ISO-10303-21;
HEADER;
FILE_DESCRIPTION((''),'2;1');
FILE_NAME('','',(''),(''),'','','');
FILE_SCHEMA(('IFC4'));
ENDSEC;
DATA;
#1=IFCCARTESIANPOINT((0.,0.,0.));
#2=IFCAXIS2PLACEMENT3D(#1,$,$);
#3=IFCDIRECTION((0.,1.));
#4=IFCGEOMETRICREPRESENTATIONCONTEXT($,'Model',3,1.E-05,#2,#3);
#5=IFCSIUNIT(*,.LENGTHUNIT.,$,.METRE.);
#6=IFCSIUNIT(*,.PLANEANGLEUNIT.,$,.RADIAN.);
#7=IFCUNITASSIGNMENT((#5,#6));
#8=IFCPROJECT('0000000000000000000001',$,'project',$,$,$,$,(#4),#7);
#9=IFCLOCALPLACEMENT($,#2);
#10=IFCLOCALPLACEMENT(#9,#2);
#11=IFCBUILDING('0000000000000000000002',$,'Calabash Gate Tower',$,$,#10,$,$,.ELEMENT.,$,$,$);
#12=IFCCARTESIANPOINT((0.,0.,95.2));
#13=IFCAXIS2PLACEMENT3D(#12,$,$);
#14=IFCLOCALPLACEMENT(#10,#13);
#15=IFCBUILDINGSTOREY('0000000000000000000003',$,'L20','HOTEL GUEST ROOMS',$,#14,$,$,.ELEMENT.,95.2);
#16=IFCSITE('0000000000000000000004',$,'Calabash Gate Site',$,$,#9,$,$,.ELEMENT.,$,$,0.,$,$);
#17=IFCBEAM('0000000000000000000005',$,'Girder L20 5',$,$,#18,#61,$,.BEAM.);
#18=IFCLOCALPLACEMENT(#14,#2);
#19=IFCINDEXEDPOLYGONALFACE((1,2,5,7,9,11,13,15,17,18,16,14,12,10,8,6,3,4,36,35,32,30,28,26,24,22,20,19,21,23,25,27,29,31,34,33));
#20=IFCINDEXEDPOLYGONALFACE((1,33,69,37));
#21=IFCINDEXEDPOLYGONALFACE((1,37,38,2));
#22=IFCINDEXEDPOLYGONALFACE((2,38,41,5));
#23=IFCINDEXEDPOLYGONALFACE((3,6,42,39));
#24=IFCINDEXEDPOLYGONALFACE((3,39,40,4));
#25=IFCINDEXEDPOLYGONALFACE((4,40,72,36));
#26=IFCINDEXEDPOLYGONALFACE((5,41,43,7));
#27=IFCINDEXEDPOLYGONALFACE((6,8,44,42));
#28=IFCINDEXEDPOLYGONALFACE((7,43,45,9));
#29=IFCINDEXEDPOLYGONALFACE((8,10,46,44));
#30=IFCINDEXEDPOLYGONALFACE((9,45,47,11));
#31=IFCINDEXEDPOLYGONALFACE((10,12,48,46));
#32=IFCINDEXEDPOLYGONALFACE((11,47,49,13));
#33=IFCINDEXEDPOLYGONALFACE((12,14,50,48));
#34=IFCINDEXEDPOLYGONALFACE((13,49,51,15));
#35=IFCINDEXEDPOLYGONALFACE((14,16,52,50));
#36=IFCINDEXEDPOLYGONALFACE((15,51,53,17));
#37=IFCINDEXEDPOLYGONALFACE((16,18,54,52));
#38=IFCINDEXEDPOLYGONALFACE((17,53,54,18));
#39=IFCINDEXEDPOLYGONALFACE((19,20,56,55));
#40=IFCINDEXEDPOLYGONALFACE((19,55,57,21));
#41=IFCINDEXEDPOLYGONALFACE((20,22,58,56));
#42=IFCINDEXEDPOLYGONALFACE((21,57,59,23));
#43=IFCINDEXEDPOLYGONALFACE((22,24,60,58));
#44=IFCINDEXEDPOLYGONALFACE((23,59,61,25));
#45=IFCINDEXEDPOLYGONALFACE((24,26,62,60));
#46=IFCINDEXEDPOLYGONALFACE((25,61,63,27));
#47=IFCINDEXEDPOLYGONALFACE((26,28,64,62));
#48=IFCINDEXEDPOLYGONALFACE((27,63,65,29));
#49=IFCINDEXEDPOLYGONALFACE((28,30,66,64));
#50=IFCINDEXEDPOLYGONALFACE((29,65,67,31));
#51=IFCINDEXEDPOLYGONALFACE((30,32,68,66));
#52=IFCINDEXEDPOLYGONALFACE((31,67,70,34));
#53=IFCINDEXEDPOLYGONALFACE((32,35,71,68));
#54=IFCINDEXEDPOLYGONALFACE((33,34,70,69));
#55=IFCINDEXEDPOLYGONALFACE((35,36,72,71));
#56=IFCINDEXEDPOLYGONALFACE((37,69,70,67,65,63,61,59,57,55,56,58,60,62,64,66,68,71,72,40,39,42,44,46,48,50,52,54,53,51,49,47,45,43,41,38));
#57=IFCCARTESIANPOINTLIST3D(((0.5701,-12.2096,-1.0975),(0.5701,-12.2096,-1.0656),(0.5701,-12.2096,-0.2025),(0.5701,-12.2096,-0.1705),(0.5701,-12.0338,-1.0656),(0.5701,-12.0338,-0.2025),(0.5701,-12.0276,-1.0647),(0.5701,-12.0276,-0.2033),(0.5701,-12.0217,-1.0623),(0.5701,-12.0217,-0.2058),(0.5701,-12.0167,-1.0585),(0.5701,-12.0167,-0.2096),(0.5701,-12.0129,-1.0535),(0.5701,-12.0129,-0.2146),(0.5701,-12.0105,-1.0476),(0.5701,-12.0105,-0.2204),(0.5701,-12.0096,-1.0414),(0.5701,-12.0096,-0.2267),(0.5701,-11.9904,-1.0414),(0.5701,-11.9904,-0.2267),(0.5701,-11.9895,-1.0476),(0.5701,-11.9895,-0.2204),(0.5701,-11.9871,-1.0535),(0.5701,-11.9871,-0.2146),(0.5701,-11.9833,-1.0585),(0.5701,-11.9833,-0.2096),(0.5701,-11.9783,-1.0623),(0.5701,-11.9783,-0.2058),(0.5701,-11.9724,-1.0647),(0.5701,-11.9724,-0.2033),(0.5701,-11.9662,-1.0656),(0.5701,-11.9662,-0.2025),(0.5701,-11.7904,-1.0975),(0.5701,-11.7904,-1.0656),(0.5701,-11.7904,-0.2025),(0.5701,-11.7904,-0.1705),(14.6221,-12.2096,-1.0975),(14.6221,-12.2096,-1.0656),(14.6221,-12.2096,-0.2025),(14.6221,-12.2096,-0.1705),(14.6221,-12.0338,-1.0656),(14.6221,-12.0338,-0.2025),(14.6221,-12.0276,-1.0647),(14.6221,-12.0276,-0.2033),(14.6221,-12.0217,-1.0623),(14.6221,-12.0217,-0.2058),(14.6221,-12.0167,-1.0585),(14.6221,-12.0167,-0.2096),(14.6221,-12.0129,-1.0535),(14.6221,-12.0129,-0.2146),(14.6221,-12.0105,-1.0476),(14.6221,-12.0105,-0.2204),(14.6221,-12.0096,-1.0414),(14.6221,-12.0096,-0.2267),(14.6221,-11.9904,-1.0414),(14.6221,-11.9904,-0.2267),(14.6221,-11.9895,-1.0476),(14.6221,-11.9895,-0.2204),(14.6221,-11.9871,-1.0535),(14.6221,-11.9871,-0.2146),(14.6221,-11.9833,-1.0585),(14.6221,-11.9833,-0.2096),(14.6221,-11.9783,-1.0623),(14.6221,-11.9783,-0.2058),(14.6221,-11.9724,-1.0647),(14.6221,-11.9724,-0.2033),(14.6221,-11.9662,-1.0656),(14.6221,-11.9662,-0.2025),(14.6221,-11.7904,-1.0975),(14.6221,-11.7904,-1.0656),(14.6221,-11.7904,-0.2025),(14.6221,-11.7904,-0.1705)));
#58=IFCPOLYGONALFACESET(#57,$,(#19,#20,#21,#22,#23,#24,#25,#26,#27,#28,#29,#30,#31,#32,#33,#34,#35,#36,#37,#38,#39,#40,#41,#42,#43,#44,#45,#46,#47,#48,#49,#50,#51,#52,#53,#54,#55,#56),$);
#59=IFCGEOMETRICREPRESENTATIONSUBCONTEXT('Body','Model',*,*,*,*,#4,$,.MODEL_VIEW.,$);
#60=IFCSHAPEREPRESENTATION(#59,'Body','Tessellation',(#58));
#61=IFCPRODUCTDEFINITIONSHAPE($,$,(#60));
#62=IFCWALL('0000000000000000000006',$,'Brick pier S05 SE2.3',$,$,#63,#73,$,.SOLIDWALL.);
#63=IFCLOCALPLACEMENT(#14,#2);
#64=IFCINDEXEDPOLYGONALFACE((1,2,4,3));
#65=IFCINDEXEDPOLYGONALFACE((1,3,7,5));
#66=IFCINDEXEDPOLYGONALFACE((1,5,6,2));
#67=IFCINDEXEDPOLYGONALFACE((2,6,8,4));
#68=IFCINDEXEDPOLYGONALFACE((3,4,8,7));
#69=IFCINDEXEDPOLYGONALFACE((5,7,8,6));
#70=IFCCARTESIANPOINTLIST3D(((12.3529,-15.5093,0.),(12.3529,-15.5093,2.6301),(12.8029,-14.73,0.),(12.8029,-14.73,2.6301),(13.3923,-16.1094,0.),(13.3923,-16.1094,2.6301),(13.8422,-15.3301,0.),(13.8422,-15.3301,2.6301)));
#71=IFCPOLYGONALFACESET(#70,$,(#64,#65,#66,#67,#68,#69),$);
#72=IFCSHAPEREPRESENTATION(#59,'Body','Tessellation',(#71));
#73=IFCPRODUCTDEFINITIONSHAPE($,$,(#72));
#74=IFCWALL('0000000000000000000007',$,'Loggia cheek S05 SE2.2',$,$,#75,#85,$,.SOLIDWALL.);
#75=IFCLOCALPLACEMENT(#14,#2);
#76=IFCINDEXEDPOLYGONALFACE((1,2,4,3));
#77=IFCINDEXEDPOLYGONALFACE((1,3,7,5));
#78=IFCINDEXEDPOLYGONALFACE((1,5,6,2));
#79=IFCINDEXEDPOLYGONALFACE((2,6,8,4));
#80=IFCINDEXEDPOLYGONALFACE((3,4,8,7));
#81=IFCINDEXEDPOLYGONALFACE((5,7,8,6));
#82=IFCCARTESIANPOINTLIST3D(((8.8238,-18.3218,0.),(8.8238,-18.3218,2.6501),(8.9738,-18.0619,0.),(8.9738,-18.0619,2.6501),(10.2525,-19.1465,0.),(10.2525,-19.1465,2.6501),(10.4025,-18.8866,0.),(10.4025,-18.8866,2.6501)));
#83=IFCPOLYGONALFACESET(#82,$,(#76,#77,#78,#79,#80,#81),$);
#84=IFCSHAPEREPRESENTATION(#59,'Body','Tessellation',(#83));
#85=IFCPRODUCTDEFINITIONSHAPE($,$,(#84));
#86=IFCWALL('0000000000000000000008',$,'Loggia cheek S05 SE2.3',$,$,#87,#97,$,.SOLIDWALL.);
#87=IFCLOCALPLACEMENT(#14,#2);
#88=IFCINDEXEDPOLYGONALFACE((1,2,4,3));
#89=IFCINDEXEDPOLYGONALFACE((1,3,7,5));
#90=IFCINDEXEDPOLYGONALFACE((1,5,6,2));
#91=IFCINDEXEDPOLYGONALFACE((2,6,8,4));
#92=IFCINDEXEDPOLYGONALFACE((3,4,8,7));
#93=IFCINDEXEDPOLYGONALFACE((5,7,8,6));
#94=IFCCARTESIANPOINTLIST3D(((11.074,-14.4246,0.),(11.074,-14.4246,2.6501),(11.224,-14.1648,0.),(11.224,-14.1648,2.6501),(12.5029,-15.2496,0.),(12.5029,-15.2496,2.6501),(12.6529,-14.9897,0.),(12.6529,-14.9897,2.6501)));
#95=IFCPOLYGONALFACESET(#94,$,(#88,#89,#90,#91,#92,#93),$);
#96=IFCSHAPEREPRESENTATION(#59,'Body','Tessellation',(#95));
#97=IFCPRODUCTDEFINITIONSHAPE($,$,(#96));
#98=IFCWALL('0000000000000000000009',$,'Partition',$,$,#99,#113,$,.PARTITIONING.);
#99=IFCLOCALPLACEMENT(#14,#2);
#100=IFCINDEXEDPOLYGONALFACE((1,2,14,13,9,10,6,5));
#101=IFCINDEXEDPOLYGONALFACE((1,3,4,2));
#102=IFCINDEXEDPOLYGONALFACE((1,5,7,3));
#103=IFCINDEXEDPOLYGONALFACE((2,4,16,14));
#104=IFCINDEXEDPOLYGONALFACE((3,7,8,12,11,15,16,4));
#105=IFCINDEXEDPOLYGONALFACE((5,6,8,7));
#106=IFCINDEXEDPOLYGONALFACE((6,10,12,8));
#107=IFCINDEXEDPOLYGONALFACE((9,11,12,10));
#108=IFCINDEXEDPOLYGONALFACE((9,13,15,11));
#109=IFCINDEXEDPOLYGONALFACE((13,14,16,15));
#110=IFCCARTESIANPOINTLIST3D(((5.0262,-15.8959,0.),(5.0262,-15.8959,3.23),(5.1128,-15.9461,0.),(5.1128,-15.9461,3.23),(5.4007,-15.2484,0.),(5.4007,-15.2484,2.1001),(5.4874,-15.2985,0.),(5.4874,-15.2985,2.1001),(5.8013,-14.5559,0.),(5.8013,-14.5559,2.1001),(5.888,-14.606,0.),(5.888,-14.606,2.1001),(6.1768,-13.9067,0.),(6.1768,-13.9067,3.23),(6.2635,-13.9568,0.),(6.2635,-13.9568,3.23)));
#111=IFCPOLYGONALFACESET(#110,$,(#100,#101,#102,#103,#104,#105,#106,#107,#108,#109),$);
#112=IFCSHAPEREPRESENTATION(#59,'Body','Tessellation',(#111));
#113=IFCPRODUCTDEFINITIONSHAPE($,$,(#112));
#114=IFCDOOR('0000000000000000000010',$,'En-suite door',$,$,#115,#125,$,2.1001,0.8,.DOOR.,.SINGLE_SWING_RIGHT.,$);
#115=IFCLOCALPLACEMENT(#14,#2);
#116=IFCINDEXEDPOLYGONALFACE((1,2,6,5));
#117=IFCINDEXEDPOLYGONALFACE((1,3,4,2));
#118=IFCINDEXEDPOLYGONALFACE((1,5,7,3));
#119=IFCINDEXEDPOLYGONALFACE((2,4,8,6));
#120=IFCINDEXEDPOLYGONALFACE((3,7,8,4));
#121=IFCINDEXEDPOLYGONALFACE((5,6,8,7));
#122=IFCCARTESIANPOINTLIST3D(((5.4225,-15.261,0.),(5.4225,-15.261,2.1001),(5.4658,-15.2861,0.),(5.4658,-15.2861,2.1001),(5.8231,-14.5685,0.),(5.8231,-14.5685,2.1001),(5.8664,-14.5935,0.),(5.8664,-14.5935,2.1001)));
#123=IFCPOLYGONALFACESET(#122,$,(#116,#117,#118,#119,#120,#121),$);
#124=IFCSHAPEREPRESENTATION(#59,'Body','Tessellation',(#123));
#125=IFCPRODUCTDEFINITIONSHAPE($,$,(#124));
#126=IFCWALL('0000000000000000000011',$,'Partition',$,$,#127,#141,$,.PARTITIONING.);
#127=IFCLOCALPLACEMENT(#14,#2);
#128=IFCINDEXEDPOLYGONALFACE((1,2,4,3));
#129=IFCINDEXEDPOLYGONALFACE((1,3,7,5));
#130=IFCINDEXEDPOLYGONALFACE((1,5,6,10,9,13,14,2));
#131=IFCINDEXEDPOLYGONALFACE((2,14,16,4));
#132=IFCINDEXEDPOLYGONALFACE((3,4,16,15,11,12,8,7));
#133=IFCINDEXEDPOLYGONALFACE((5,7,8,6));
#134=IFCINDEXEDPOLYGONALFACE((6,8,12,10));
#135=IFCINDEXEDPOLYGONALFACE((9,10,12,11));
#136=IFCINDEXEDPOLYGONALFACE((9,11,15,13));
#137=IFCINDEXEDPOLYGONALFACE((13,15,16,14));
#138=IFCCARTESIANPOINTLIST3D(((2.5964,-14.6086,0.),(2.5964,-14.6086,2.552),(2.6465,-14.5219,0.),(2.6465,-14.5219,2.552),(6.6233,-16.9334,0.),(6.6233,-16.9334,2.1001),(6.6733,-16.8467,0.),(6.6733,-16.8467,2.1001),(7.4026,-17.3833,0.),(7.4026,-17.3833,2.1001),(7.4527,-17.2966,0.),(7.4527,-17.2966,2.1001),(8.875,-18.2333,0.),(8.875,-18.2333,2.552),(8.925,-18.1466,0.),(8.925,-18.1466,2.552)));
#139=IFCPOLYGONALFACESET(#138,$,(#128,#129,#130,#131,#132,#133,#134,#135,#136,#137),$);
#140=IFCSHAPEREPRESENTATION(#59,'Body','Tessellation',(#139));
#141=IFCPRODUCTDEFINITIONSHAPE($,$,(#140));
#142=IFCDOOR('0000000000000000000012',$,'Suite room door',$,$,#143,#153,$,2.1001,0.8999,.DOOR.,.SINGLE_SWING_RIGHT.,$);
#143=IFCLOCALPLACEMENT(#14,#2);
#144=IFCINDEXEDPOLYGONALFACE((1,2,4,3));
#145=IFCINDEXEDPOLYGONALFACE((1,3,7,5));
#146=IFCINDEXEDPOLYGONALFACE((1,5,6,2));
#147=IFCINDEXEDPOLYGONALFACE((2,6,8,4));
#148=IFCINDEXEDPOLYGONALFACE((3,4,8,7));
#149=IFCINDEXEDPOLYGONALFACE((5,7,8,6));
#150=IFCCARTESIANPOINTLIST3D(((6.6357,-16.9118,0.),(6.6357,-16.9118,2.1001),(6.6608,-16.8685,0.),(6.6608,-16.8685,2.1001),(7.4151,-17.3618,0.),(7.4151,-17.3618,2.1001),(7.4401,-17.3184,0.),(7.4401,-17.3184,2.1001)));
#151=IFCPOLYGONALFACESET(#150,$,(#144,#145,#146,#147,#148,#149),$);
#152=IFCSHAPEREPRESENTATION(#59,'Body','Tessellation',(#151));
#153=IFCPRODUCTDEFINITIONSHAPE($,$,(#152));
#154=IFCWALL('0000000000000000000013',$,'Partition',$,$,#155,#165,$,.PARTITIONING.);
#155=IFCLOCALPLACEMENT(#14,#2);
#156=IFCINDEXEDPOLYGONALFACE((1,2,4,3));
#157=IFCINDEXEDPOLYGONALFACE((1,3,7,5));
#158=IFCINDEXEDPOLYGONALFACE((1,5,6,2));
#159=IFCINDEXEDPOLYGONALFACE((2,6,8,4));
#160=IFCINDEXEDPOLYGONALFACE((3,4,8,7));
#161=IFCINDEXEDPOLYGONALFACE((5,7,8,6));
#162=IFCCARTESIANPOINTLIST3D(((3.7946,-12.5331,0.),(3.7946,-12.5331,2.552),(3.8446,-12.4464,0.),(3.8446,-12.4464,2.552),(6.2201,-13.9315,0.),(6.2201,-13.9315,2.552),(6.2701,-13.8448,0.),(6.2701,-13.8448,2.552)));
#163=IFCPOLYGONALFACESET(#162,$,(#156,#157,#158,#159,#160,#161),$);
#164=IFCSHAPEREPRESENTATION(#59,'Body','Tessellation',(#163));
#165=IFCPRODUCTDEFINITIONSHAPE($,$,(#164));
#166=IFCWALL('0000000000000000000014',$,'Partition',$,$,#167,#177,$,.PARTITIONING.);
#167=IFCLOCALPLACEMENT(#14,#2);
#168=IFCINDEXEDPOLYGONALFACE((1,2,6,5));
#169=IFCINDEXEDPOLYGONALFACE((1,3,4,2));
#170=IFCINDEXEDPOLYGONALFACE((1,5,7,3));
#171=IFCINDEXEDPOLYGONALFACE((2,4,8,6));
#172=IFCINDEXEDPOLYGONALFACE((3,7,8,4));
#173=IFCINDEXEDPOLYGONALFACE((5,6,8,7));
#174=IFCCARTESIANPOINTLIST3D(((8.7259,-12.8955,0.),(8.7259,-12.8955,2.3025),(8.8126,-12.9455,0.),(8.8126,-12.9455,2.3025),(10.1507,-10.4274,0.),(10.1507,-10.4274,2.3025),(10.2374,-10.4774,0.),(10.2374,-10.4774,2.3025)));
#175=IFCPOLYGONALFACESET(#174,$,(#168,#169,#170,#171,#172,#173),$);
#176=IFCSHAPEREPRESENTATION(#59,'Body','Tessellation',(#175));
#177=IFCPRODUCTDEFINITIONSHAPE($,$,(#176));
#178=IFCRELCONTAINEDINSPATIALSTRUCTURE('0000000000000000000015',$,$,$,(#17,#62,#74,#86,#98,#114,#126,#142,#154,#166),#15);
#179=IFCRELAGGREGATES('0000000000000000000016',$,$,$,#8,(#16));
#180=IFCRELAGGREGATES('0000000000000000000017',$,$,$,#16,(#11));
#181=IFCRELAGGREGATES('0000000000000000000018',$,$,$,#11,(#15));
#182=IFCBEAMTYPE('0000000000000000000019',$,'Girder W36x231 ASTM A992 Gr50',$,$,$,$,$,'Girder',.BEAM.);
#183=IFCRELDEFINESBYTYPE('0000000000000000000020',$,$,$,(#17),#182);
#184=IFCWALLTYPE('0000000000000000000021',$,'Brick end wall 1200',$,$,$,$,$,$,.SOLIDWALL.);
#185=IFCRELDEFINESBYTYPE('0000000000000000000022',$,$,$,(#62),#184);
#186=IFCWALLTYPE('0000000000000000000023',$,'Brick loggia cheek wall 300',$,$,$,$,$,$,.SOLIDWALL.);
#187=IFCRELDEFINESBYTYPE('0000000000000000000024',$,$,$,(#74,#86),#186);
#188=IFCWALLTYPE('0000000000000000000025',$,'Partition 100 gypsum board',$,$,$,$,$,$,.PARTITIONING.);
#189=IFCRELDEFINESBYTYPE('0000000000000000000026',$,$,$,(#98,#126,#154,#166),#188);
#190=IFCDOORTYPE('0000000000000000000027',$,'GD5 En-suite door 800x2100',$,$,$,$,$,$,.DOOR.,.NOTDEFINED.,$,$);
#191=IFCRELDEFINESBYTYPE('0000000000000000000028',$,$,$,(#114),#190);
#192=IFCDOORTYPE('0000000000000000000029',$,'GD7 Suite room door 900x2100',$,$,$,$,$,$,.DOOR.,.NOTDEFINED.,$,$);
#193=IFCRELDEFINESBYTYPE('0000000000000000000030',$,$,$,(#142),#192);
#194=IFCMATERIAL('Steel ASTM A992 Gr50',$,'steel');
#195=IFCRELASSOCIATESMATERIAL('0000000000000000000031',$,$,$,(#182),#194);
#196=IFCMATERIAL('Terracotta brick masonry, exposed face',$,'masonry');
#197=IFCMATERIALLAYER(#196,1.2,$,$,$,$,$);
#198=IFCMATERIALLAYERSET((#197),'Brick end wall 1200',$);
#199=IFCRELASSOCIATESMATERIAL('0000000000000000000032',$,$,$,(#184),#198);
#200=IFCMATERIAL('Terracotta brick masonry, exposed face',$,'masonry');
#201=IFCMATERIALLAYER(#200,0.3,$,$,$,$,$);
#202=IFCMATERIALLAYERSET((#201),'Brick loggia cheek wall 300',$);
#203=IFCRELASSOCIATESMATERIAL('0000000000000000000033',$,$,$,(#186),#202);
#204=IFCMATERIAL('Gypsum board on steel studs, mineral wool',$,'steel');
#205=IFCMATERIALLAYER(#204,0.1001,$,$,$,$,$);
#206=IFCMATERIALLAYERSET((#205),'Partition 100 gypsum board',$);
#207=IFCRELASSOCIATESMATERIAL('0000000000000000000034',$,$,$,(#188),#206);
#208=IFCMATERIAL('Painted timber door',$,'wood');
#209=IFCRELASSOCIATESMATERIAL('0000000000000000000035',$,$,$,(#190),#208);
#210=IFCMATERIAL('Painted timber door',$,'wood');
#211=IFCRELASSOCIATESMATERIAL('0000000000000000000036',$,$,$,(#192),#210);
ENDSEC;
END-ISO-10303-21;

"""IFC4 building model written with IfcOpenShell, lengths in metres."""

from ifc_helpers import new_model, si_unit, direction, frame, frame_2d, origin, origin_2d, place, context, subcontext, project, spatial, rectangle, i_section, extrude, material, layer, layer_set, material_profile, profile_set, type_object, element, fill, save


model = new_model("IFC4")

# Units and contexts
model_context = context("Model", 3, precision=1e-05, world=origin(), true_north=direction((0.0, 1.0)))
body_context = subcontext(model_context, "Body", "Model", "MODEL_VIEW")
ifc_project = project(units=[si_unit("LENGTHUNIT", "METRE"), si_unit("PLANEANGLEUNIT", "RADIAN")], contexts=[model_context])

# Site, building, storey
site_placement = place(None, origin())
site = spatial("IfcSite", under=ifc_project, at=site_placement, Name="Calabash Gate Site", CompositionType="ELEMENT", RefElevation=0.0)
building_placement = place(site_placement, origin())
building = spatial("IfcBuilding", under=site, at=building_placement, Name="Calabash Gate Tower", CompositionType="ELEMENT")
storey_placement = place(building_placement, frame((0.0, 0.0, 95.2)))
storey = spatial("IfcBuildingStorey", under=building, at=storey_placement, Name="L20", Description="HOTEL GUEST ROOMS", CompositionType="ELEMENT", Elevation=95.2)

# Beam
ifc_material_1 = material(Name="Steel ASTM A992 Gr50", Category="steel")
ifc_material_profile_1 = material_profile(ifc_material_1, i_section(OverallWidth=0.4192, OverallDepth=0.927, WebThickness=0.0193, FlangeThickness=0.032, FilletRadius=0.0242, at=origin_2d()))
ifc_profile_set_1 = profile_set([ifc_material_profile_1], Name="Steel ASTM A992 Gr50")
beam_type_1 = type_object("IfcBeamType", Name="Girder W36x231 ASTM A992 Gr50", ElementType="Girder", PredefinedType="BEAM", material=ifc_profile_set_1)
beam_1_placement = place(storey_placement, frame((0.5701, -12.0, -0.634), z_axis=(1.0, 0.0, 0.0), x_axis=(0.0, 1.0, 0.0)))
element("IfcBeam", 1, at=beam_1_placement, inside=storey, type_object=beam_type_1, Name="Girder L20 5", PredefinedType="BEAM", context=body_context, shape_type="SweptSolid", body=[
    extrude(i_section(OverallWidth=0.4192, OverallDepth=0.927, WebThickness=0.0193, FlangeThickness=0.032, FilletRadius=0.0242, at=origin_2d()), origin(), (0.0, 0.0, 1.0), 14.052),
])

# Walls
ifc_material_2 = material(Name="Terracotta brick masonry, exposed face", Category="masonry")
ifc_layer_1 = layer(ifc_material_2, 1.2)
ifc_layer_set_1 = layer_set([ifc_layer_1], Name="Brick end wall 1200")
wall_type_1 = type_object("IfcWallType", Name="Brick end wall 1200", PredefinedType="SOLIDWALL", material=ifc_layer_set_1)
wall_1_placement = place(storey_placement, frame((12.5779, -15.1196, 0.0), z_axis=(0.0, 0.0, 1.0), x_axis=(0.866006, -0.500034, 0.0)))
element("IfcWall", 2, at=wall_1_placement, inside=storey, type_object=wall_type_1, Name="Brick pier S05 SE2.3", PredefinedType="SOLIDWALL", context=body_context, shape_type="SweptSolid", body=[
    extrude(rectangle(XDim=1.2002, YDim=0.8999, at=frame_2d((0.6001, 0.0))), origin(), (0.0, 0.0, 1.0), 2.6301),
])
ifc_material_3 = material(Name="Terracotta brick masonry, exposed face", Category="masonry")
ifc_layer_2 = layer(ifc_material_3, 0.3)
ifc_layer_set_2 = layer_set([ifc_layer_2], Name="Brick loggia cheek wall 300")
wall_type_2 = type_object("IfcWallType", Name="Brick loggia cheek wall 300", PredefinedType="SOLIDWALL", material=ifc_layer_set_2)
wall_2_placement = place(storey_placement, frame((8.8989, -18.1919, 0.0), z_axis=(0.0, 0.0, 1.0), x_axis=(0.866067, -0.499927, 0.0)))
element("IfcWall", 3, at=wall_2_placement, inside=storey, type_object=wall_type_2, Name="Loggia cheek S05 SE2.2", PredefinedType="SOLIDWALL", context=body_context, shape_type="SweptSolid", body=[
    extrude(rectangle(XDim=1.6497, YDim=0.3, at=frame_2d((0.8247, 0.0))), origin(), (0.0, 0.0, 1.0), 2.6501),
])
wall_3_placement = place(storey_placement, frame((12.5779, -15.1196, 0.0), z_axis=(0.0, 0.0, 1.0), x_axis=(-0.86604, 0.499974, 0.0)))
element("IfcWall", 4, at=wall_3_placement, inside=storey, type_object=wall_type_2, Name="Loggia cheek S05 SE2.3", PredefinedType="SOLIDWALL", context=body_context, shape_type="SweptSolid", body=[
    extrude(rectangle(XDim=1.6499, YDim=0.3, at=frame_2d((0.825, 0.0))), origin(), (0.0, 0.0, 1.0), 2.6501),
])

# Walls, openings, doors
ifc_material_4 = material(Name="Gypsum board on steel studs, mineral wool", Category="steel")
ifc_layer_3 = layer(ifc_material_4, 0.1001)
ifc_layer_set_3 = layer_set([ifc_layer_3], Name="Partition 100 gypsum board")
wall_type_3 = type_object("IfcWallType", Name="Partition 100 gypsum board", PredefinedType="PARTITIONING", material=ifc_layer_set_3)
wall_4_placement = place(storey_placement, frame((5.0696, -15.9209, 0.0), z_axis=(0.0, 0.0, 1.0), x_axis=(0.500697, 0.865623, 0.0)))
wall_4 = element("IfcWall", 5, at=wall_4_placement, inside=storey, type_object=wall_type_3, Name="Partition", PredefinedType="PARTITIONING", context=body_context, shape_type="SweptSolid", body=[
    extrude(rectangle(XDim=2.2981, YDim=0.1001, at=frame_2d((1.1489, 0.0))), origin(), (0.0, 0.0, 1.0), 3.23),
])
opening_1_placement = place(wall_4_placement, frame((0.748, 0.0, 0.0)))
opening_1 = element("IfcOpeningElement", 6, at=opening_1_placement, cuts=wall_4, PredefinedType="OPENING", context=body_context, shape_type="SweptSolid", body=[
    extrude(rectangle(XDim=0.8, YDim=2.1001, at=frame_2d((0.3999, 1.05))), frame((0.0, 0.0601, 0.0), z_axis=(0.0, -1.0, 0.0), x_axis=(1.0, 0.0, 0.0)), (0.0, 0.0, 1.0), 0.1201),
])
ifc_material_5 = material(Name="Painted timber door", Category="wood")
door_type_1 = type_object("IfcDoorType", Name="GD5 En-suite door 800x2100", OperationType="NOTDEFINED", PredefinedType="DOOR", material=ifc_material_5)
door_1_placement = place(opening_1_placement, origin())
door_1 = element("IfcDoor", 7, at=door_1_placement, inside=storey, type_object=door_type_1, Name="En-suite door", OperationType="SINGLE_SWING_RIGHT", OverallHeight=2.1001, OverallWidth=0.8, PredefinedType="DOOR", context=body_context, shape_type="SweptSolid", body=[
    extrude(rectangle(XDim=0.8, YDim=2.1001, at=frame_2d((0.3999, 1.05))), frame((0.0, 0.0249, 0.0), z_axis=(0.0, -1.0, 0.0), x_axis=(1.0, 0.0, 0.0)), (0.0, 0.0, 1.0), 0.05),
])
fill(opening_1, door_1)
wall_5_placement = place(storey_placement, frame((2.6213, -14.5652, 0.0), z_axis=(0.0, 0.0, 1.0), x_axis=(0.866036, -0.499982, 0.0)))
wall_5 = element("IfcWall", 8, at=wall_5_placement, inside=storey, type_object=wall_type_3, Name="Partition", PredefinedType="PARTITIONING", context=body_context, shape_type="SweptSolid", body=[
    extrude(rectangle(XDim=7.2498, YDim=0.1001, at=frame_2d((3.625, 0.0))), origin(), (0.0, 0.0, 1.0), 2.552),
])
opening_2_placement = place(wall_5_placement, frame((4.6499, 0.0, 0.0)))
opening_2 = element("IfcOpeningElement", 9, at=opening_2_placement, cuts=wall_5, PredefinedType="OPENING", context=body_context, shape_type="SweptSolid", body=[
    extrude(rectangle(XDim=0.8999, YDim=2.1001, at=frame_2d((0.45, 1.05))), frame((0.0, 0.0601, 0.0), z_axis=(0.0, -1.0, 0.0), x_axis=(1.0, 0.0, 0.0)), (0.0, 0.0, 1.0), 0.1201),
])
ifc_material_6 = material(Name="Painted timber door", Category="wood")
door_type_2 = type_object("IfcDoorType", Name="GD7 Suite room door 900x2100", OperationType="NOTDEFINED", PredefinedType="DOOR", material=ifc_material_6)
door_2_placement = place(opening_2_placement, origin())
door_2 = element("IfcDoor", 10, at=door_2_placement, inside=storey, type_object=door_type_2, Name="Suite room door", OperationType="SINGLE_SWING_RIGHT", OverallHeight=2.1001, OverallWidth=0.8999, PredefinedType="DOOR", context=body_context, shape_type="SweptSolid", body=[
    extrude(rectangle(XDim=0.8999, YDim=2.1001, at=frame_2d((0.45, 1.05))), frame((0.0, 0.0249, 0.0), z_axis=(0.0, -1.0, 0.0), x_axis=(1.0, 0.0, 0.0)), (0.0, 0.0, 1.0), 0.05),
])
fill(opening_2, door_2)

# Walls
wall_6_placement = place(storey_placement, frame((3.8196, -12.4897, 0.0), z_axis=(0.0, 0.0, 1.0), x_axis=(0.866326, -0.499478, 0.0)))
element("IfcWall", 11, at=wall_6_placement, inside=storey, type_object=wall_type_3, Name="Partition", PredefinedType="PARTITIONING", context=body_context, shape_type="SweptSolid", body=[
    extrude(rectangle(XDim=2.7998, YDim=0.1001, at=frame_2d((1.3999, 0.0))), origin(), (0.0, 0.0, 1.0), 2.552),
])
wall_7_placement = place(storey_placement, frame((8.7693, -12.9204, 0.0), z_axis=(0.0, 0.0, 1.0), x_axis=(0.499972, 0.866041, 0.0)))
element("IfcWall", 12, at=wall_7_placement, inside=storey, type_object=wall_type_3, Name="Partition", PredefinedType="PARTITIONING", context=body_context, shape_type="SweptSolid", body=[
    extrude(rectangle(XDim=2.8499, YDim=0.1001, at=frame_2d((1.4248, 0.0))), origin(), (0.0, 0.0, 1.0), 2.3025),
])

save(model, "model.ifc")
